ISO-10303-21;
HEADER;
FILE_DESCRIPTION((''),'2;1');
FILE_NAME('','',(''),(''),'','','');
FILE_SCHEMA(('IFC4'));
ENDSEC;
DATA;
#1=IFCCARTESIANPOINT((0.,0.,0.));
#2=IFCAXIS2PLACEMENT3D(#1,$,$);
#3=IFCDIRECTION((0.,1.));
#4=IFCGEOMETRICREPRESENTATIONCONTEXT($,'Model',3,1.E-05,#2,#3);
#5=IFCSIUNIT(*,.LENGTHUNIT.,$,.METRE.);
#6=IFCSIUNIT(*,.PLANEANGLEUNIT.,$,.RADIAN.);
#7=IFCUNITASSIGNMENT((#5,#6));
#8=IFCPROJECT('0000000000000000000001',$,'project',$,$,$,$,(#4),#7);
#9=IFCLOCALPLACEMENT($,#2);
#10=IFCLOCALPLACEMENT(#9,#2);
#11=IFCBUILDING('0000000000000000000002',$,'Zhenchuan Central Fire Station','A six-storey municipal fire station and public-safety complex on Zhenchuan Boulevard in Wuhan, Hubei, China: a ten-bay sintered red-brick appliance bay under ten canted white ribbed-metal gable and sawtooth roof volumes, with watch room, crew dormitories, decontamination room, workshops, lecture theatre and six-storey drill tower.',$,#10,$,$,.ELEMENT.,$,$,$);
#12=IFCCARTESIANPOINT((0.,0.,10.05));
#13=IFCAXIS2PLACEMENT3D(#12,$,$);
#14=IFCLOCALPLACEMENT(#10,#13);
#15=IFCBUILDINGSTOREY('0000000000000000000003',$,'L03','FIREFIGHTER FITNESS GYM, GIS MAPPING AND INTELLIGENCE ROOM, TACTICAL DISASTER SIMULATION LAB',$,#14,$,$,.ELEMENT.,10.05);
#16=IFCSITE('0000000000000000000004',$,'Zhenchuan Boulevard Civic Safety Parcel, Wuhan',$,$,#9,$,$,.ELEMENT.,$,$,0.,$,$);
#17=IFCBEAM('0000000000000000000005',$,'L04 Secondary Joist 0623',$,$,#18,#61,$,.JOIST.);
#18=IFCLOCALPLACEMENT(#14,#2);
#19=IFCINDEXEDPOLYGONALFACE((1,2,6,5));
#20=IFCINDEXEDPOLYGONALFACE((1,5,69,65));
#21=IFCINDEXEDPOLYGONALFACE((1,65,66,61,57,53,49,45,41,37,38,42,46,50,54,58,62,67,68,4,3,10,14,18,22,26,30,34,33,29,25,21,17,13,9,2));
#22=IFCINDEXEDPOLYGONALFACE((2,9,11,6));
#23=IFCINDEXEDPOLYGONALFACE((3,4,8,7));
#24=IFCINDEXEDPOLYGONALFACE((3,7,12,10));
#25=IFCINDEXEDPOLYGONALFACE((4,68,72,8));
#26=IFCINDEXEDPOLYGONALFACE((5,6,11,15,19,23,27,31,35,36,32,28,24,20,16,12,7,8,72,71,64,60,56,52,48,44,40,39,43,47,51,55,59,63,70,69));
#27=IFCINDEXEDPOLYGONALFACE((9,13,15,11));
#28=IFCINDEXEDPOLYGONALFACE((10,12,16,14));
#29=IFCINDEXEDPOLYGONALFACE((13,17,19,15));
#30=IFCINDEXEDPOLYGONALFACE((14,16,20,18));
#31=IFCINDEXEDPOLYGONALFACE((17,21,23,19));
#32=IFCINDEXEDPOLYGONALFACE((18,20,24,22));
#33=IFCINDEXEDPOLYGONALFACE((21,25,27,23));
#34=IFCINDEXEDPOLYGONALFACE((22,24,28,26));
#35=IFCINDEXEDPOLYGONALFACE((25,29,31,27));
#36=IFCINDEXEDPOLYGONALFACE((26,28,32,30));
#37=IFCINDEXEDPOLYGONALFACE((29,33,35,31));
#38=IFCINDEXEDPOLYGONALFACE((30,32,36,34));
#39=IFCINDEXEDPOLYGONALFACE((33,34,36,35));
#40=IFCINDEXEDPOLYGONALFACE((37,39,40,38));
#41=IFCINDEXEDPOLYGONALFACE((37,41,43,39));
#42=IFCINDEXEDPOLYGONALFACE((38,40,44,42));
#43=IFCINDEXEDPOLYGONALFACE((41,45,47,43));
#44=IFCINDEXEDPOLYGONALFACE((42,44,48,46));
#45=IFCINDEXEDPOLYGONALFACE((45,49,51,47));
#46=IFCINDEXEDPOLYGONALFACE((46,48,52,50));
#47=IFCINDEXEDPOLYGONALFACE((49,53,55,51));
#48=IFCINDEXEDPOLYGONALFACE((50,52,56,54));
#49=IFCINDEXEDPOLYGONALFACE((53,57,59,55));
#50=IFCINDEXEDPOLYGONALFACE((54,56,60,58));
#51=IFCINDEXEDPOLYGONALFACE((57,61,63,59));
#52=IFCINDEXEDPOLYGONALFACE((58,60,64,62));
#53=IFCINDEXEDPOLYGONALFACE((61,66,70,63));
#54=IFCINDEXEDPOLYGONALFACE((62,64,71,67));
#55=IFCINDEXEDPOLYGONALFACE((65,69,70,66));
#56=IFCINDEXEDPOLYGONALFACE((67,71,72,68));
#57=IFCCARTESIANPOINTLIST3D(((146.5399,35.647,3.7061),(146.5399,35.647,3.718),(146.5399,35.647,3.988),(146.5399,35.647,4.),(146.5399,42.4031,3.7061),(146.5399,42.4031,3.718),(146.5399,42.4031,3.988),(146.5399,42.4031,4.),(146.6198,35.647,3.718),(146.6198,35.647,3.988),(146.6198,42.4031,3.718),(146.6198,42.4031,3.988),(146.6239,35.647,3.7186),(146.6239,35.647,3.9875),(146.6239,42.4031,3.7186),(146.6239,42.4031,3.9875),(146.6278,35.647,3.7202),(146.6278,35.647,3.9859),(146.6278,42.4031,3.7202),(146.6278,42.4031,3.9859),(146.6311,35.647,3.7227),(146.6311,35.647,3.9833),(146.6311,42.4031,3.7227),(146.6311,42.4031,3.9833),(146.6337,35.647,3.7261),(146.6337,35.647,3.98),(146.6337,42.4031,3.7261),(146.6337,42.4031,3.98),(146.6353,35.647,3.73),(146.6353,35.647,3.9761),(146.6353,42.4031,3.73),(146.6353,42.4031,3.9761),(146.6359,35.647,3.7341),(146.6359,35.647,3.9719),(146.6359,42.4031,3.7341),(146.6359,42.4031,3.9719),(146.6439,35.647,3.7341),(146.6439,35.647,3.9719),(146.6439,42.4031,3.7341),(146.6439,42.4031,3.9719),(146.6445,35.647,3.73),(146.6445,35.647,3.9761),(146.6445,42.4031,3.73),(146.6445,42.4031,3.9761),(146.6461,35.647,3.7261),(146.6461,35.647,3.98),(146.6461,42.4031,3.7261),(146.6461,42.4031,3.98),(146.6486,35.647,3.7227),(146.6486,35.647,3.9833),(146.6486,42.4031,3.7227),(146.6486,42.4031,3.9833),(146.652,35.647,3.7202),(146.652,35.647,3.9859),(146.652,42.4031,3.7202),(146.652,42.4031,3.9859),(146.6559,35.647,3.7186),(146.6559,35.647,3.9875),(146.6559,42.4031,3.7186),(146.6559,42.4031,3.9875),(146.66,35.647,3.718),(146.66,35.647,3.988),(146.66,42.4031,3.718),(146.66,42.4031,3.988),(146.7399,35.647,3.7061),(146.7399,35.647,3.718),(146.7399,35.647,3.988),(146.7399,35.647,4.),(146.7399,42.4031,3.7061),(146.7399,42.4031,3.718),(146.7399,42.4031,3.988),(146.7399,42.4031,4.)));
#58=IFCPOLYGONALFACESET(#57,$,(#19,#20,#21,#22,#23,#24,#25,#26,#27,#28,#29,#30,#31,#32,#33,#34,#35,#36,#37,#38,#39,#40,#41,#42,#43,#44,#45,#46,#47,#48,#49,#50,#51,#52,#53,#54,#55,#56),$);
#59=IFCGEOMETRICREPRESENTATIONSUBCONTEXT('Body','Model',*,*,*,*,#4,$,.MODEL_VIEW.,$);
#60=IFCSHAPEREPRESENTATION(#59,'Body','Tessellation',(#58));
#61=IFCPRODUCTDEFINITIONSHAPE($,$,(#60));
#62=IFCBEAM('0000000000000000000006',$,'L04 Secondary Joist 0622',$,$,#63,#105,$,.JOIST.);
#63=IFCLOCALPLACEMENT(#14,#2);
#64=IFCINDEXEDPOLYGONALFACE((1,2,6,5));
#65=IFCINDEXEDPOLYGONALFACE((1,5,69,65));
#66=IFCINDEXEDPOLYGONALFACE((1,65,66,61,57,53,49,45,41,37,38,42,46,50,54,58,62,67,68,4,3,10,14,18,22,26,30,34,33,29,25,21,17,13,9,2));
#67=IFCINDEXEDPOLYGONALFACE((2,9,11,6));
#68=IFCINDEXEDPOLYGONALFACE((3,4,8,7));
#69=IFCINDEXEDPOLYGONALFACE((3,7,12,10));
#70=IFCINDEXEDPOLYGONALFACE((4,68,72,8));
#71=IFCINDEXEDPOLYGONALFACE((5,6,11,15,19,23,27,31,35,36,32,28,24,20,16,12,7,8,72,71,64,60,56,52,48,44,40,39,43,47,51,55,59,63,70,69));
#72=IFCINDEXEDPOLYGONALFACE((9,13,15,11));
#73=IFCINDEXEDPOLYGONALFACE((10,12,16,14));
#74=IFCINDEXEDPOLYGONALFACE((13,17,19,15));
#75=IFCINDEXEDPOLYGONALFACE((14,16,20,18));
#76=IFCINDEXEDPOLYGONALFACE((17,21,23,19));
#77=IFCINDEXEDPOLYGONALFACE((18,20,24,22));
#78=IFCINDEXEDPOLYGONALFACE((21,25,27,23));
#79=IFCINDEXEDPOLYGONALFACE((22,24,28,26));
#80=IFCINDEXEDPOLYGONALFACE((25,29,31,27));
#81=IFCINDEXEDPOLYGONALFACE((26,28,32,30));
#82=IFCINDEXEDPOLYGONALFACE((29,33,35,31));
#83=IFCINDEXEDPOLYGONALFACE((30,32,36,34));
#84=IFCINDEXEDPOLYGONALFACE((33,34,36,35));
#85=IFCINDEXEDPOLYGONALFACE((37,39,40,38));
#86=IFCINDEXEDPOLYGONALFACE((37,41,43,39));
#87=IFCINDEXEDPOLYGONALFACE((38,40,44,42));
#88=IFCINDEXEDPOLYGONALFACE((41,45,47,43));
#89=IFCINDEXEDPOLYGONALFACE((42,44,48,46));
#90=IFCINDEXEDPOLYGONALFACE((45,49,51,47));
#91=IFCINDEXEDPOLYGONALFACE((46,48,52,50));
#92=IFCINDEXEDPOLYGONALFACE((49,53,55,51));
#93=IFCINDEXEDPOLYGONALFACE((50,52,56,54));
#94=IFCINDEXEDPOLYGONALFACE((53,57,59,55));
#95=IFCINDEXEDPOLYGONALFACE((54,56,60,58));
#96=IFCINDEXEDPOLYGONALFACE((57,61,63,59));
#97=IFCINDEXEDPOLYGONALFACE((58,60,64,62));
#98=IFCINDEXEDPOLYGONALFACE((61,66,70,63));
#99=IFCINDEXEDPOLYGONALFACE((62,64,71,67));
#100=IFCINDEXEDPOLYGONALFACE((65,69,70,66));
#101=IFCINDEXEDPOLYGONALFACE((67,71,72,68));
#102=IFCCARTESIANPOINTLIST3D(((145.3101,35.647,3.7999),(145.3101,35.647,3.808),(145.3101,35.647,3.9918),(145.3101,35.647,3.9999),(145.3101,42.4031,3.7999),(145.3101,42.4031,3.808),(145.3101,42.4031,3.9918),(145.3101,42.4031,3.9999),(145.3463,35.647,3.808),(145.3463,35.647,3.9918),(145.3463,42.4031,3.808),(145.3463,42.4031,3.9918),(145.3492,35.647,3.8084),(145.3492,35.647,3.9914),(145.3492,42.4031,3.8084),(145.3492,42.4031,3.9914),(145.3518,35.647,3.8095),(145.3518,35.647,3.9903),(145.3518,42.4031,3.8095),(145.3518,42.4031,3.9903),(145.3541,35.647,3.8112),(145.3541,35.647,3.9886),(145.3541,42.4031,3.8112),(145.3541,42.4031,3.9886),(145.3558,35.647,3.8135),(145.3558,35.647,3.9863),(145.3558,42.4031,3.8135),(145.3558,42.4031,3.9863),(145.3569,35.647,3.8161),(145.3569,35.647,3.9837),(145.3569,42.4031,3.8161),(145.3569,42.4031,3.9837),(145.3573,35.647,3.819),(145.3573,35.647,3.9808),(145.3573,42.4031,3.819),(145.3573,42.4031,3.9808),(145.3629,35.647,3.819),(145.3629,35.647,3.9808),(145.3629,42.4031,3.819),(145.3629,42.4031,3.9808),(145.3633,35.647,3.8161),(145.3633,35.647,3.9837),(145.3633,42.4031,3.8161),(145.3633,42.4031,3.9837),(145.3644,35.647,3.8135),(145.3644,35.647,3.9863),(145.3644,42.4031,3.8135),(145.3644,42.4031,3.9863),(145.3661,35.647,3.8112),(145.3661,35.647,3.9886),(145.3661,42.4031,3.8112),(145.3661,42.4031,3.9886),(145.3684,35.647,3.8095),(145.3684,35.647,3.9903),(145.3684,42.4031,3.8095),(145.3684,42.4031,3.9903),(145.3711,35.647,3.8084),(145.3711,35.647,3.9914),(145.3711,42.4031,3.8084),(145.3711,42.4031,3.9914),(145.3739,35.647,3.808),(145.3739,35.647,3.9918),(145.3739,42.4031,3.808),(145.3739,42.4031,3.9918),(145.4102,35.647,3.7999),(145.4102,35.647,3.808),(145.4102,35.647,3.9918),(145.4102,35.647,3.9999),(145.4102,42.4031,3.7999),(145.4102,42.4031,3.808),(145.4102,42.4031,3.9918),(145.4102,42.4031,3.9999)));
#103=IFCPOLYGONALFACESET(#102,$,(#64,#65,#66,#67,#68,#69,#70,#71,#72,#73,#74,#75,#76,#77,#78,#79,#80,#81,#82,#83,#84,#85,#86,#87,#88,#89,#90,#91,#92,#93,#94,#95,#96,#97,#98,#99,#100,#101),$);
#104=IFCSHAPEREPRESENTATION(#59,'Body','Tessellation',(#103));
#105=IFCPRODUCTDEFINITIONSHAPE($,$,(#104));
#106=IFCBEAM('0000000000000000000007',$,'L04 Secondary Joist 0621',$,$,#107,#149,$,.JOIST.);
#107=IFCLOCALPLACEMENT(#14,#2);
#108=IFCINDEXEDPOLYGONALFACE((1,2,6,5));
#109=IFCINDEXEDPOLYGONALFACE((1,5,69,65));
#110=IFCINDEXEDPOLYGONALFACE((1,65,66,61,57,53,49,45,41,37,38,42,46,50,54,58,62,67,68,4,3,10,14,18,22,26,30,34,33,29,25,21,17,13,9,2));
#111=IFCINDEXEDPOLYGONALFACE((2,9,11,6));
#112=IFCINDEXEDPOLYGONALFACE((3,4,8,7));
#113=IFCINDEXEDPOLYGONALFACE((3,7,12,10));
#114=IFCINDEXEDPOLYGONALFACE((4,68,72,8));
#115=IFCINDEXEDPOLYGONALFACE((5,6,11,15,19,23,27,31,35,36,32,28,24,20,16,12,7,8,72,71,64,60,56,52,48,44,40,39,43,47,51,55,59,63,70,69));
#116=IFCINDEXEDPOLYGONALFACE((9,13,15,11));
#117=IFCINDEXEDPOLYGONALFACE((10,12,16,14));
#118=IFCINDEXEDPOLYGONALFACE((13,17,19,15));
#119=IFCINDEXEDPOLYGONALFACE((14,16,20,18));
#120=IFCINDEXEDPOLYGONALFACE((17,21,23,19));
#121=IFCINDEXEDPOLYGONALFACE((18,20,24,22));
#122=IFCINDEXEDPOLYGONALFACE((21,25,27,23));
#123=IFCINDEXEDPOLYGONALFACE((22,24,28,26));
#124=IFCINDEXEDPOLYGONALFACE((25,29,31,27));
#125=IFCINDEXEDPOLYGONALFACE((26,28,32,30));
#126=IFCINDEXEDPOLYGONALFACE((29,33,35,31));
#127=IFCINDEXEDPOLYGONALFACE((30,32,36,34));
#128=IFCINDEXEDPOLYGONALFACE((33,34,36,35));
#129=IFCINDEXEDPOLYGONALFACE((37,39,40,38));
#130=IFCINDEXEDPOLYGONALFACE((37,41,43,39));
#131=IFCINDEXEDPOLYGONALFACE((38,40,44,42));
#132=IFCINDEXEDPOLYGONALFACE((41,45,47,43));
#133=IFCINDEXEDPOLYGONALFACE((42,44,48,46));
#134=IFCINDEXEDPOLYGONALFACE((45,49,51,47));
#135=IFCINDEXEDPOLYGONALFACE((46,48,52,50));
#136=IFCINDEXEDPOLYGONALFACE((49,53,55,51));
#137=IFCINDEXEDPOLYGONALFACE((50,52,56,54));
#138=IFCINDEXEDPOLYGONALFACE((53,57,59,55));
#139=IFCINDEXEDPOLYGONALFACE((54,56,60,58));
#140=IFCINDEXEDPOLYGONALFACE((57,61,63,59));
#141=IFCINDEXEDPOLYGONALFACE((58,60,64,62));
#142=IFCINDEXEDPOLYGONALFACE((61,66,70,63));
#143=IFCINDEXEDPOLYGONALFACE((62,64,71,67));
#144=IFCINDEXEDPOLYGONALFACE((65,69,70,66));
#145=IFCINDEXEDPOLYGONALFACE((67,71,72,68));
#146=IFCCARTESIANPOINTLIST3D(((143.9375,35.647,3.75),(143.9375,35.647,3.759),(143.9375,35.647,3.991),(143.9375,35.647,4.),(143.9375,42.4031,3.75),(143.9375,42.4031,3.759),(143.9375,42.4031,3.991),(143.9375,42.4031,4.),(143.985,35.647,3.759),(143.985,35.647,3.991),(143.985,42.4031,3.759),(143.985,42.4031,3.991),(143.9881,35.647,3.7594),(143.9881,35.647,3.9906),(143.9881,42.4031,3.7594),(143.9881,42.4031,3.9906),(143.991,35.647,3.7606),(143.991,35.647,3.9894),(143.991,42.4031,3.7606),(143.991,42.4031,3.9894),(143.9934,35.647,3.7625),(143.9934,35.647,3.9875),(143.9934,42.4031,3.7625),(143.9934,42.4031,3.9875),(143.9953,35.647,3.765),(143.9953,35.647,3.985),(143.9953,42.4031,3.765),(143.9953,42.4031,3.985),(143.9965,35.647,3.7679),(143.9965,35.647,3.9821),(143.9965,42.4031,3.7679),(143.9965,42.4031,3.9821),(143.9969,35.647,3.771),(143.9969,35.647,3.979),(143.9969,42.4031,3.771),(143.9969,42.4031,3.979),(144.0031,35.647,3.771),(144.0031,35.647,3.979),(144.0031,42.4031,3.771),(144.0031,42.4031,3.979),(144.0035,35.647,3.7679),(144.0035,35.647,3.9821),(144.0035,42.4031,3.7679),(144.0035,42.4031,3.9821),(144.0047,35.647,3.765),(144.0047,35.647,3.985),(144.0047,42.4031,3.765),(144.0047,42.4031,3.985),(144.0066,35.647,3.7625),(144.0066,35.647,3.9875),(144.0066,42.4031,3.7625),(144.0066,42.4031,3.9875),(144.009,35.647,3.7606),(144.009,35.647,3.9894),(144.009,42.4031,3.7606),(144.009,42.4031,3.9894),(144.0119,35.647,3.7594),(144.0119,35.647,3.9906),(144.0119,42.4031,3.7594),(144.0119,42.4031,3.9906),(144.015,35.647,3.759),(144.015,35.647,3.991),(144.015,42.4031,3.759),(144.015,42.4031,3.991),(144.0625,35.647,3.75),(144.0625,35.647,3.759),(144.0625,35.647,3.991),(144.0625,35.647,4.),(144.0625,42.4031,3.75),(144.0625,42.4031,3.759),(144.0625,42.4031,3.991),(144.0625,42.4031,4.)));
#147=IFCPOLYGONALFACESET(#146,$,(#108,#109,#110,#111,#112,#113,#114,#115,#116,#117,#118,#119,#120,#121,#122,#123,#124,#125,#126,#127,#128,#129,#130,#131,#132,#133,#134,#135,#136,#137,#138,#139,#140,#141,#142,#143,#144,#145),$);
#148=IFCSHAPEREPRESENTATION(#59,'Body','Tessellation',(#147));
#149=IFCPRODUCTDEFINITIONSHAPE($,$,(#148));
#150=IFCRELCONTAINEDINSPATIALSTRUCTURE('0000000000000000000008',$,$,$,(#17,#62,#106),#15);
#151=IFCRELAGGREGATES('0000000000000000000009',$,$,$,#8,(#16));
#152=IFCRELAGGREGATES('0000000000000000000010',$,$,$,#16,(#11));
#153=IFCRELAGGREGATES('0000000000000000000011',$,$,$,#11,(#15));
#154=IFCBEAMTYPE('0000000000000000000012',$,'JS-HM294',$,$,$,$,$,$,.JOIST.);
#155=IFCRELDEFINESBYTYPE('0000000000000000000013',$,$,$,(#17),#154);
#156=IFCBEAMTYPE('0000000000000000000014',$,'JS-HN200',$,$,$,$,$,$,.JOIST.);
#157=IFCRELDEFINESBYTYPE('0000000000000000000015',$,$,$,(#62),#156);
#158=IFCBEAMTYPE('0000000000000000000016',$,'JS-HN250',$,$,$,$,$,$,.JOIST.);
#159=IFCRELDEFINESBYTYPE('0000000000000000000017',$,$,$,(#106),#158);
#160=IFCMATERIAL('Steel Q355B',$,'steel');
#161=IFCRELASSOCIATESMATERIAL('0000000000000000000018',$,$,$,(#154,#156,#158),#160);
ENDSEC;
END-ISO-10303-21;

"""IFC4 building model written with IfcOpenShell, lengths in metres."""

from ifc_helpers import new_model, si_unit, direction, frame, origin, origin_2d, place, context, subcontext, project, spatial, i_section, extrude, material, material_profile, profile_set, type_object, element, save


model = new_model("IFC4")

# Units and contexts
model_context = context("Model", 3, precision=1e-05, world=origin(), true_north=direction((0.0, 1.0)))
body_context = subcontext(model_context, "Body", "Model", "MODEL_VIEW")
ifc_project = project(units=[si_unit("LENGTHUNIT", "METRE"), si_unit("PLANEANGLEUNIT", "RADIAN")], contexts=[model_context])

# Site, building, storey
site_placement = place(None, origin())
site = spatial("IfcSite", under=ifc_project, at=site_placement, Name="Zhenchuan Boulevard Civic Safety Parcel, Wuhan", CompositionType="ELEMENT", RefElevation=0.0)
building_placement = place(site_placement, origin())
building = spatial("IfcBuilding", under=site, at=building_placement, Name="Zhenchuan Central Fire Station", Description="A six-storey municipal fire station and public-safety complex on Zhenchuan Boulevard in Wuhan, Hubei, China: a ten-bay sintered red-brick appliance bay under ten canted white ribbed-metal gable and sawtooth roof volumes, with watch room, crew dormitories, decontamination room, workshops, lecture theatre and six-storey drill tower.", CompositionType="ELEMENT")
storey_placement = place(building_placement, frame((0.0, 0.0, 10.05)))
storey = spatial("IfcBuildingStorey", under=building, at=storey_placement, Name="L03", Description="FIREFIGHTER FITNESS GYM, GIS MAPPING AND INTELLIGENCE ROOM, TACTICAL DISASTER SIMULATION LAB", CompositionType="ELEMENT", Elevation=10.05)

# Shared definitions
ifc_material_1 = material(Name="Steel Q355B", Category="steel")

# Beams
ifc_material_profile_1 = material_profile(ifc_material_1, i_section(OverallWidth=0.2, OverallDepth=0.2939, WebThickness=0.0081, FlangeThickness=0.012, FilletRadius=0.0161, at=origin_2d()), Name="HM 294x200")
ifc_profile_set_1 = profile_set([ifc_material_profile_1], Name="Steel Q355B")
beam_type_1 = type_object("IfcBeamType", Name="JS-HM294", PredefinedType="JOIST", material=ifc_profile_set_1)
beam_1_placement = place(storey_placement, frame((146.6399, 35.647, 3.853), z_axis=(0.0, 1.0, 0.0), x_axis=(-1.0, 0.0, 0.0)))
element("IfcBeam", 1, at=beam_1_placement, inside=storey, type_object=beam_type_1, Name="L04 Secondary Joist 0623", PredefinedType="JOIST", context=body_context, shape_type="SweptSolid", body=[
    extrude(i_section(OverallWidth=0.2, OverallDepth=0.2939, WebThickness=0.0081, FlangeThickness=0.012, FilletRadius=0.0161, at=origin_2d()), origin(), (0.0, 0.0, 1.0), 6.7561),
])
ifc_material_profile_2 = material_profile(ifc_material_1, i_section(OverallWidth=0.1001, OverallDepth=0.2, WebThickness=0.0056, FlangeThickness=0.0081, FilletRadius=0.011, at=origin_2d()), Name="HN 200x100")
ifc_profile_set_2 = profile_set([ifc_material_profile_2], Name="Steel Q355B")
beam_type_2 = type_object("IfcBeamType", Name="JS-HN200", PredefinedType="JOIST", material=ifc_profile_set_2)
beam_2_placement = place(storey_placement, frame((145.3601, 35.647, 3.8999), z_axis=(0.0, 1.0, 0.0), x_axis=(-1.0, 0.0, 0.0)))
element("IfcBeam", 2, at=beam_2_placement, inside=storey, type_object=beam_type_2, Name="L04 Secondary Joist 0622", PredefinedType="JOIST", context=body_context, shape_type="SweptSolid", body=[
    extrude(i_section(OverallWidth=0.1001, OverallDepth=0.2, WebThickness=0.0056, FlangeThickness=0.0081, FilletRadius=0.011, at=origin_2d()), origin(), (0.0, 0.0, 1.0), 6.7561),
])
ifc_material_profile_3 = material_profile(ifc_material_1, i_section(OverallWidth=0.125, OverallDepth=0.25, WebThickness=0.0061, FlangeThickness=0.009, FilletRadius=0.012, at=origin_2d()), Name="HN 250x125")
ifc_profile_set_3 = profile_set([ifc_material_profile_3], Name="Steel Q355B")
beam_type_3 = type_object("IfcBeamType", Name="JS-HN250", PredefinedType="JOIST", material=ifc_profile_set_3)
beam_3_placement = place(storey_placement, frame((144.0, 35.647, 3.875), z_axis=(0.0, 1.0, 0.0), x_axis=(-1.0, 0.0, 0.0)))
element("IfcBeam", 3, at=beam_3_placement, inside=storey, type_object=beam_type_3, Name="L04 Secondary Joist 0621", PredefinedType="JOIST", context=body_context, shape_type="SweptSolid", body=[
    extrude(i_section(OverallWidth=0.125, OverallDepth=0.25, WebThickness=0.0061, FlangeThickness=0.009, FilletRadius=0.012, at=origin_2d()), origin(), (0.0, 0.0, 1.0), 6.7561),
])

save(model, "model.ifc")
